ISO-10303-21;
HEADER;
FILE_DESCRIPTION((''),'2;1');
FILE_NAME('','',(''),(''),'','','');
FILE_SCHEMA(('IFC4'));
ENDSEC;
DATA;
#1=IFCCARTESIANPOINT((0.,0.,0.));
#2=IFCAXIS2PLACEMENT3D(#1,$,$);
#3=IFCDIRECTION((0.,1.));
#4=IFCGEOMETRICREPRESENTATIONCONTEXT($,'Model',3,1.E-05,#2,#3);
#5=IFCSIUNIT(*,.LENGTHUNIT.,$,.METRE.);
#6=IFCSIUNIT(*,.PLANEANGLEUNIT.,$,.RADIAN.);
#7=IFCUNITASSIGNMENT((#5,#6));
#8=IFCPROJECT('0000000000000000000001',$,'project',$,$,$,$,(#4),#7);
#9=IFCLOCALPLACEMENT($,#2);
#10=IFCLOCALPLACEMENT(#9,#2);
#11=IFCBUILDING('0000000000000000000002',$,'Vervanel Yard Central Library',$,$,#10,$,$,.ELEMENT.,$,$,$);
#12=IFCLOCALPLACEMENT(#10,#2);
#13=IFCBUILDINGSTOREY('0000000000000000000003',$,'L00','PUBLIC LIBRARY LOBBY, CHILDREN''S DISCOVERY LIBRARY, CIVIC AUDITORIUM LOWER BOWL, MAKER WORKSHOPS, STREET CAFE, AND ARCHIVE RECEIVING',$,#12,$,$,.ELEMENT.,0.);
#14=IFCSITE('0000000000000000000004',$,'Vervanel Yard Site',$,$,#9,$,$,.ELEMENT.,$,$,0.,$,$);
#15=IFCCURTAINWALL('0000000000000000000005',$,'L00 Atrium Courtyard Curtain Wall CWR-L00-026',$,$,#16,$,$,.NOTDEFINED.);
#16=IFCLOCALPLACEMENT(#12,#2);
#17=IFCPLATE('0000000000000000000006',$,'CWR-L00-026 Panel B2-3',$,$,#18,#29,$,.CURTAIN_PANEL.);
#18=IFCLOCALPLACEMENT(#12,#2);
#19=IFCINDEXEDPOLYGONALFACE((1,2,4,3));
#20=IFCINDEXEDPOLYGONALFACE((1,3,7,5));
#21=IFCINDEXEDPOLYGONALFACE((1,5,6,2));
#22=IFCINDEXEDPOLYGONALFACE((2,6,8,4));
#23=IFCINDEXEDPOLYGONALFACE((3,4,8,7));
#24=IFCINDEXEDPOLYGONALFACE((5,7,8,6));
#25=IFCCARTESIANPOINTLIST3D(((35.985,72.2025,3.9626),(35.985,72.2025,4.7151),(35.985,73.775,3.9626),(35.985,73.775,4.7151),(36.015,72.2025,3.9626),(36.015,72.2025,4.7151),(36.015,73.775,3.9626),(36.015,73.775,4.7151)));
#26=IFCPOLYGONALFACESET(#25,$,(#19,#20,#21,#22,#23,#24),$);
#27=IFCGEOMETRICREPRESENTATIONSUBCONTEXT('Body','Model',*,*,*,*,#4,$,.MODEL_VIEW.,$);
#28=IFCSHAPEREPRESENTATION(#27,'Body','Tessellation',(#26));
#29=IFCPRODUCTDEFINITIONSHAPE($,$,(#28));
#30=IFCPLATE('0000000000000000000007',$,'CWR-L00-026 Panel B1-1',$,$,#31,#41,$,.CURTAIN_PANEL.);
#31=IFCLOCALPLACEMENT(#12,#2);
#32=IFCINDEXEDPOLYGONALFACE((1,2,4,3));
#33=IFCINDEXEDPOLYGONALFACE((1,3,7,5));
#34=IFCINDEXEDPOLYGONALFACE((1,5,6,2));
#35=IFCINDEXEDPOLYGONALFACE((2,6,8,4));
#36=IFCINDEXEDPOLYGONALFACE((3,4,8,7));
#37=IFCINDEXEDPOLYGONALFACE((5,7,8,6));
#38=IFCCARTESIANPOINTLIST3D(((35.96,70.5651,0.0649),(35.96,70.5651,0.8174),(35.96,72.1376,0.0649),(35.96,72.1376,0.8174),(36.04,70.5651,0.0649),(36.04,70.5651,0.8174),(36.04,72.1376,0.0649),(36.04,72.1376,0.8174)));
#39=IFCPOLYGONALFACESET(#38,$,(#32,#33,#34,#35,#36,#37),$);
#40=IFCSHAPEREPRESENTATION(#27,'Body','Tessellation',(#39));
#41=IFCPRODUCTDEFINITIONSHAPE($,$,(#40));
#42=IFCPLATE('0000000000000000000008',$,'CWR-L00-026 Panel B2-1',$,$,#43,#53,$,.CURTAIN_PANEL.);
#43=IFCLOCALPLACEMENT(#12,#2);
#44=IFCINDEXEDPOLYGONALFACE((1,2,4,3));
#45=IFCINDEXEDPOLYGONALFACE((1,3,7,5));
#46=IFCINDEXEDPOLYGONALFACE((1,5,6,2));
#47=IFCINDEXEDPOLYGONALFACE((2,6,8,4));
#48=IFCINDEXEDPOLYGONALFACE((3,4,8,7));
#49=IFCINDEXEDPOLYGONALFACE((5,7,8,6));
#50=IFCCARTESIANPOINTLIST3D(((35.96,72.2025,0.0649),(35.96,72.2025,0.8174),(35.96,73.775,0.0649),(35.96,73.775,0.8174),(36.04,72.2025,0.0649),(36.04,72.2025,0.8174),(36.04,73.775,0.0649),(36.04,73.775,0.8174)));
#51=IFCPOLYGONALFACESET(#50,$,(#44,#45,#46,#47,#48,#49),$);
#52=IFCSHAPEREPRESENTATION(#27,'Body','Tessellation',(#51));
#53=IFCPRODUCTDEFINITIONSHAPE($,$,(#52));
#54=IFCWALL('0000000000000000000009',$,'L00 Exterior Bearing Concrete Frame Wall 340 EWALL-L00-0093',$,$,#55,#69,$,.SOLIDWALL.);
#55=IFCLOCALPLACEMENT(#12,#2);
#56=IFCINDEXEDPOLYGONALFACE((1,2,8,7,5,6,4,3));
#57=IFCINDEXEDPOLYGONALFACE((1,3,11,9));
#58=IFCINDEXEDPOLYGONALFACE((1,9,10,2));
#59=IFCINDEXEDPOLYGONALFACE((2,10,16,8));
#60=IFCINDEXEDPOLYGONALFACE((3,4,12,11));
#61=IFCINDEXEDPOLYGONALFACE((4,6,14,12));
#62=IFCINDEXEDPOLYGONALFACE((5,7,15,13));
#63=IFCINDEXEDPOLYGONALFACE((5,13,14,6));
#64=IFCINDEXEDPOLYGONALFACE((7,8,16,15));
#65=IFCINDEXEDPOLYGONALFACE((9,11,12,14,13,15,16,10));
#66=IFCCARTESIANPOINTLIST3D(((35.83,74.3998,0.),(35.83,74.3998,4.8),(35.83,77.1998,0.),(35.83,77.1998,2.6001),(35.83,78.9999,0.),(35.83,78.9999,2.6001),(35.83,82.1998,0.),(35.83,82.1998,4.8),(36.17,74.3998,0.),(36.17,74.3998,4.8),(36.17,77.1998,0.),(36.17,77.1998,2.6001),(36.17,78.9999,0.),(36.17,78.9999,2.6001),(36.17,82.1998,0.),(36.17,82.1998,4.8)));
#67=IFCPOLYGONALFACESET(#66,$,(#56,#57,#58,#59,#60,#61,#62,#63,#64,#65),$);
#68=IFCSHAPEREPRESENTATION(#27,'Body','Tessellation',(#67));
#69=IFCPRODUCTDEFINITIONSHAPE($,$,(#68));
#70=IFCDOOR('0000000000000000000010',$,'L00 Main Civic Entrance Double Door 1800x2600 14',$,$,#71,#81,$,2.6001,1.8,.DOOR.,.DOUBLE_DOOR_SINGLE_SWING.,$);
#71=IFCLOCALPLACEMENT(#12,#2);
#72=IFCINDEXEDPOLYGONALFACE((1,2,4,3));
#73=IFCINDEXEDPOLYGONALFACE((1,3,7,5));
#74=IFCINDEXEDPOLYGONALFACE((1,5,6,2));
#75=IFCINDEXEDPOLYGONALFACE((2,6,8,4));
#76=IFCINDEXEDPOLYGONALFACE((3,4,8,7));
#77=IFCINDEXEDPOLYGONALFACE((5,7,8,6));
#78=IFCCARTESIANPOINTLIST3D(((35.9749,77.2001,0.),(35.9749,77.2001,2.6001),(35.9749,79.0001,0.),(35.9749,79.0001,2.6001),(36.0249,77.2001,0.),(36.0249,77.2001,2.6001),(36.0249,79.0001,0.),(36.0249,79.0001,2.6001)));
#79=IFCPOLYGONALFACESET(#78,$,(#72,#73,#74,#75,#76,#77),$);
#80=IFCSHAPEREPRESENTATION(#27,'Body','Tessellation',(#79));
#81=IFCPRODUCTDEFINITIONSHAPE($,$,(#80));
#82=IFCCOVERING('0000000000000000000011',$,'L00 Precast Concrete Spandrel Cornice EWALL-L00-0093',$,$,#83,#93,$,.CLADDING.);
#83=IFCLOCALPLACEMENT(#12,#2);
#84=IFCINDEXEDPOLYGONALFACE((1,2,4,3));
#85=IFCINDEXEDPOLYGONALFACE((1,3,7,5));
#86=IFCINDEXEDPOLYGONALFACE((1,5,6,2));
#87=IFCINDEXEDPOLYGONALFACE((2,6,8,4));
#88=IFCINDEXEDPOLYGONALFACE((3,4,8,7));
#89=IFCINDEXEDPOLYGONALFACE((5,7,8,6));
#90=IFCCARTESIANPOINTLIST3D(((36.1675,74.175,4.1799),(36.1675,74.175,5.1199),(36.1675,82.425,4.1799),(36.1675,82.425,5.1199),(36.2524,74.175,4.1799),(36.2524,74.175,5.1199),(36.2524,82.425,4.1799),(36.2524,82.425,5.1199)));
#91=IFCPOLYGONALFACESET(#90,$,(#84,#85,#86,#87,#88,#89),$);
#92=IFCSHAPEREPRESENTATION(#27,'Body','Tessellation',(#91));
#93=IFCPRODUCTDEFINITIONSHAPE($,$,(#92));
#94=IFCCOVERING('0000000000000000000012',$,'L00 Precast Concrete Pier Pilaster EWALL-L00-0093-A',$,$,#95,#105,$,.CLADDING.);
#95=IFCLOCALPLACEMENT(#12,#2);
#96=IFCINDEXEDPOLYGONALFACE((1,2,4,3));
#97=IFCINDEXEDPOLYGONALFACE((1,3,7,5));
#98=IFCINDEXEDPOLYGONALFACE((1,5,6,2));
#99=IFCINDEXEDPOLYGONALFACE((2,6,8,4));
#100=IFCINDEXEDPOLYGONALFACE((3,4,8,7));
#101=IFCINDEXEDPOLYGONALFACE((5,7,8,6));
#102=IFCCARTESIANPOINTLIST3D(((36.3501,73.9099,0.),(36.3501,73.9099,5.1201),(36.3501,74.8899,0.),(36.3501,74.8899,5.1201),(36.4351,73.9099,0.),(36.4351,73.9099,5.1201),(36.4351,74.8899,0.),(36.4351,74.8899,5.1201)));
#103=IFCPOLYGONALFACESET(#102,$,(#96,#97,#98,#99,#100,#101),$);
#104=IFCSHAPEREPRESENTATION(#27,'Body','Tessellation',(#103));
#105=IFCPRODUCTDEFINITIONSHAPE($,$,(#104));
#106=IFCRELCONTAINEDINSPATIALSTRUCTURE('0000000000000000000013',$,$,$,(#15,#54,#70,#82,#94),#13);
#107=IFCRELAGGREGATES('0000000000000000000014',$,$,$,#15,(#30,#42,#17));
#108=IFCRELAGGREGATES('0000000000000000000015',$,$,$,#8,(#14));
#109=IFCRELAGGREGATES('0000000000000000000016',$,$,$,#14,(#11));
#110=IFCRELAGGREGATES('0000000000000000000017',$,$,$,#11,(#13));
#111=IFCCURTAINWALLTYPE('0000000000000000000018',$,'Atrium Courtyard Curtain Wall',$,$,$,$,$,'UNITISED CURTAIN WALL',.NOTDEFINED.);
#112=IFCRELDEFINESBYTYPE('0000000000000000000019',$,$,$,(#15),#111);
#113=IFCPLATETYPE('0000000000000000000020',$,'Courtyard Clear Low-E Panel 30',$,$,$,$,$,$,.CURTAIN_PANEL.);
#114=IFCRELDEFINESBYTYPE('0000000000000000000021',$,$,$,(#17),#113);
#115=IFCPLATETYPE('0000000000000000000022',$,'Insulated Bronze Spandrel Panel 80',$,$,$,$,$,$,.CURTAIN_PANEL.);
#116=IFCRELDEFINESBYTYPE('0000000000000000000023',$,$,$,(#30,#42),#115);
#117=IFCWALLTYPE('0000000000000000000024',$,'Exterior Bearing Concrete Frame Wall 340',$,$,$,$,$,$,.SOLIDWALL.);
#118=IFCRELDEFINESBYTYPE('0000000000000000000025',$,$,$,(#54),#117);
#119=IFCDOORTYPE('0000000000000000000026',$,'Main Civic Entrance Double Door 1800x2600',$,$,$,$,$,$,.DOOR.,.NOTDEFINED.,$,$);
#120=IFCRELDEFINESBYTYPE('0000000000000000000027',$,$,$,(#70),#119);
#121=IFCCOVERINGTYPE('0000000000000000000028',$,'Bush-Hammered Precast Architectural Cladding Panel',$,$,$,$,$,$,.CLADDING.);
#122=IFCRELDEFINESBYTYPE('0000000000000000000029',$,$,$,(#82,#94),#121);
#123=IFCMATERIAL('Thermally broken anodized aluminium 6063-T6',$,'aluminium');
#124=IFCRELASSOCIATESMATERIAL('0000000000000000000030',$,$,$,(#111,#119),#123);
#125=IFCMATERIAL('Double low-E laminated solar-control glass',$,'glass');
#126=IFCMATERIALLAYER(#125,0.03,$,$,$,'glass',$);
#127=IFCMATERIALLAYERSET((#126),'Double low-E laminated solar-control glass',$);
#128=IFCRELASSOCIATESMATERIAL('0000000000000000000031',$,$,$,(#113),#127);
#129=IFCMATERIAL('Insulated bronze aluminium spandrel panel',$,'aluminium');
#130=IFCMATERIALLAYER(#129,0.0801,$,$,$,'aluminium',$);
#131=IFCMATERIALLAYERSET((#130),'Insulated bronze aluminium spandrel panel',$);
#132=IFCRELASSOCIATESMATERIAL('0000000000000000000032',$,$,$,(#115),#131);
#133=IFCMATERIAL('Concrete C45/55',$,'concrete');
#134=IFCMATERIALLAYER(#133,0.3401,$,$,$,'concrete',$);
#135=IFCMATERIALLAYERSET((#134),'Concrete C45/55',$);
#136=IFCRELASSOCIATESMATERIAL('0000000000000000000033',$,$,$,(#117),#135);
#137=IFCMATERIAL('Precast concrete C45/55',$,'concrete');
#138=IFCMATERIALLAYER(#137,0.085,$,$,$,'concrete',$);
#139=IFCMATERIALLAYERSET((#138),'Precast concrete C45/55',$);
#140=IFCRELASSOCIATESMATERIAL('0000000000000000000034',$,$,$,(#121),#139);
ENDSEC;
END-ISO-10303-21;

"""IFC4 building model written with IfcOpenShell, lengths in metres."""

from ifc_helpers import new_model, si_unit, direction, frame, frame_2d, origin, origin_2d, place, context, subcontext, project, spatial, rectangle, extrude, material, layer, layer_set, type_object, element, fill, aggregate, save


model = new_model("IFC4")

# Units and contexts
model_context = context("Model", 3, precision=1e-05, world=origin(), true_north=direction((0.0, 1.0)))
body_context = subcontext(model_context, "Body", "Model", "MODEL_VIEW")
ifc_project = project(units=[si_unit("LENGTHUNIT", "METRE"), si_unit("PLANEANGLEUNIT", "RADIAN")], contexts=[model_context])

# Site, building, storey
site_placement = place(None, origin())
site = spatial("IfcSite", under=ifc_project, at=site_placement, Name="Vervanel Yard Site", CompositionType="ELEMENT", RefElevation=0.0)
building_placement = place(site_placement, origin())
building = spatial("IfcBuilding", under=site, at=building_placement, Name="Vervanel Yard Central Library", CompositionType="ELEMENT")
storey_placement = place(building_placement, origin())
storey = spatial("IfcBuildingStorey", under=building, at=storey_placement, Name="L00", Description="PUBLIC LIBRARY LOBBY, CHILDREN'S DISCOVERY LIBRARY, CIVIC AUDITORIUM LOWER BOWL, MAKER WORKSHOPS, STREET CAFE, AND ARCHIVE RECEIVING", CompositionType="ELEMENT", Elevation=0.0)

# Curtain wall, plates
ifc_material_1 = material(Name="Thermally broken anodized aluminium 6063-T6", Category="aluminium")
curtain_wall_type = type_object("IfcCurtainWallType", Name="Atrium Courtyard Curtain Wall", ElementType="UNITISED CURTAIN WALL", PredefinedType="NOTDEFINED", material=ifc_material_1)
curtain_wall_placement = place(storey_placement, origin())
curtain_wall = element("IfcCurtainWall", 1, at=curtain_wall_placement, inside=storey, type_object=curtain_wall_type, Name="L00 Atrium Courtyard Curtain Wall CWR-L00-026", PredefinedType="NOTDEFINED")
ifc_material_2 = material(Name="Double low-E laminated solar-control glass", Category="glass")
ifc_layer_1 = layer(ifc_material_2, 0.03, Category="glass")
ifc_layer_set_1 = layer_set([ifc_layer_1], Name="Double low-E laminated solar-control glass")
plate_type_1 = type_object("IfcPlateType", Name="Courtyard Clear Low-E Panel 30", PredefinedType="CURTAIN_PANEL", material=ifc_layer_set_1)
plate_1_placement = place(storey_placement, frame((36.0, 72.9888, 3.9626), z_axis=(0.0, 0.0, 1.0), x_axis=(0.0, 1.0, 0.0)))
plate_1 = element("IfcPlate", 2, at=plate_1_placement, type_object=plate_type_1, Name="CWR-L00-026 Panel B2-3", PredefinedType="CURTAIN_PANEL", context=body_context, shape_type="SweptSolid", body=[
    extrude(rectangle(XDim=1.5725, YDim=0.03, at=origin_2d()), origin(), (0.0, 0.0, 1.0), 0.7524),
])
ifc_material_3 = material(Name="Insulated bronze aluminium spandrel panel", Category="aluminium")
ifc_layer_2 = layer(ifc_material_3, 0.0801, Category="aluminium")
ifc_layer_set_2 = layer_set([ifc_layer_2], Name="Insulated bronze aluminium spandrel panel")
plate_type_2 = type_object("IfcPlateType", Name="Insulated Bronze Spandrel Panel 80", PredefinedType="CURTAIN_PANEL", material=ifc_layer_set_2)
plate_2_placement = place(storey_placement, frame((36.0, 71.3513, 0.0649), z_axis=(0.0, 0.0, 1.0), x_axis=(0.0, 1.0, 0.0)))
plate_2 = element("IfcPlate", 3, at=plate_2_placement, type_object=plate_type_2, Name="CWR-L00-026 Panel B1-1", PredefinedType="CURTAIN_PANEL", context=body_context, shape_type="SweptSolid", body=[
    extrude(rectangle(XDim=1.5725, YDim=0.0801, at=origin_2d()), origin(), (0.0, 0.0, 1.0), 0.7524),
])
plate_3_placement = place(storey_placement, frame((36.0, 72.9888, 0.0649), z_axis=(0.0, 0.0, 1.0), x_axis=(0.0, 1.0, 0.0)))
plate_3 = element("IfcPlate", 4, at=plate_3_placement, type_object=plate_type_2, Name="CWR-L00-026 Panel B2-1", PredefinedType="CURTAIN_PANEL", context=body_context, shape_type="SweptSolid", body=[
    extrude(rectangle(XDim=1.5725, YDim=0.0801, at=origin_2d()), origin(), (0.0, 0.0, 1.0), 0.7524),
])
aggregate(curtain_wall, [plate_2, plate_3, plate_1])

# Wall, opening, door
ifc_material_4 = material(Name="Concrete C45/55", Category="concrete")
ifc_layer_3 = layer(ifc_material_4, 0.3401, Category="concrete")
ifc_layer_set_3 = layer_set([ifc_layer_3], Name="Concrete C45/55")
wall_type = type_object("IfcWallType", Name="Exterior Bearing Concrete Frame Wall 340", PredefinedType="SOLIDWALL", material=ifc_layer_set_3)
wall_placement = place(storey_placement, frame((36.0, 74.3999, 0.0), z_axis=(0.0, 0.0, 1.0), x_axis=(0.0, 1.0, 0.0)))
wall = element("IfcWall", 5, at=wall_placement, inside=storey, type_object=wall_type, Name="L00 Exterior Bearing Concrete Frame Wall 340 EWALL-L00-0093", PredefinedType="SOLIDWALL", context=body_context, shape_type="SweptSolid", body=[
    extrude(rectangle(XDim=7.8, YDim=0.3401, at=frame_2d((3.8999, 0.0))), origin(), (0.0, 0.0, 1.0), 4.8),
])
opening_placement = place(wall_placement, frame((2.8, 0.0, 0.0)))
opening = element("IfcOpeningElement", 6, at=opening_placement, cuts=wall, PredefinedType="OPENING", context=body_context, shape_type="SweptSolid", body=[
    extrude(rectangle(XDim=1.8, YDim=2.6001, at=frame_2d((0.8999, 1.3))), frame((0.0, 0.1799, 0.0), z_axis=(0.0, -1.0, 0.0), x_axis=(1.0, 0.0, 0.0)), (0.0, 0.0, 1.0), 0.3601),
])
door_type = type_object("IfcDoorType", Name="Main Civic Entrance Double Door 1800x2600", OperationType="NOTDEFINED", PredefinedType="DOOR", material=ifc_material_1)
door_placement = place(opening_placement, frame((1.8, 0.0, 0.0), z_axis=(0.0, 0.0, 1.0), x_axis=(-1.0, 0.0, 0.0)))
door = element("IfcDoor", 7, at=door_placement, inside=storey, type_object=door_type, Name="L00 Main Civic Entrance Double Door 1800x2600 14", OperationType="DOUBLE_DOOR_SINGLE_SWING", OverallHeight=2.6001, OverallWidth=1.8, PredefinedType="DOOR", context=body_context, shape_type="SweptSolid", body=[
    extrude(rectangle(XDim=1.8, YDim=2.6001, at=frame_2d((0.8999, 1.3))), frame((0.0, 0.0249, 0.0), z_axis=(0.0, -1.0, 0.0), x_axis=(1.0, 0.0, 0.0)), (0.0, 0.0, 1.0), 0.05),
])
fill(opening, door)

# Coverings
ifc_material_5 = material(Name="Precast concrete C45/55", Category="concrete")
ifc_layer_4 = layer(ifc_material_5, 0.085, Category="concrete")
ifc_layer_set_4 = layer_set([ifc_layer_4], Name="Precast concrete C45/55")
covering_type = type_object("IfcCoveringType", Name="Bush-Hammered Precast Architectural Cladding Panel", PredefinedType="CLADDING", material=ifc_layer_set_4)
covering_1_placement = place(storey_placement, frame((36.21, 78.3, 4.1799), z_axis=(0.0, 0.0, 1.0), x_axis=(0.0, 1.0, 0.0)))
element("IfcCovering", 8, at=covering_1_placement, inside=storey, type_object=covering_type, Name="L00 Precast Concrete Spandrel Cornice EWALL-L00-0093", PredefinedType="CLADDING", context=body_context, shape_type="SweptSolid", body=[
    extrude(rectangle(XDim=8.25, YDim=0.085, at=origin_2d()), origin(), (0.0, 0.0, 1.0), 0.9399),
])
covering_2_placement = place(storey_placement, frame((36.3926, 74.3999, 0.0), z_axis=(0.0, 0.0, 1.0), x_axis=(0.0, 1.0, 0.0)))
element("IfcCovering", 9, at=covering_2_placement, inside=storey, type_object=covering_type, Name="L00 Precast Concrete Pier Pilaster EWALL-L00-0093-A", PredefinedType="CLADDING", context=body_context, shape_type="SweptSolid", body=[
    extrude(rectangle(XDim=0.98, YDim=0.085, at=origin_2d()), origin(), (0.0, 0.0, 1.0), 5.1201),
])

save(model, "model.ifc")
